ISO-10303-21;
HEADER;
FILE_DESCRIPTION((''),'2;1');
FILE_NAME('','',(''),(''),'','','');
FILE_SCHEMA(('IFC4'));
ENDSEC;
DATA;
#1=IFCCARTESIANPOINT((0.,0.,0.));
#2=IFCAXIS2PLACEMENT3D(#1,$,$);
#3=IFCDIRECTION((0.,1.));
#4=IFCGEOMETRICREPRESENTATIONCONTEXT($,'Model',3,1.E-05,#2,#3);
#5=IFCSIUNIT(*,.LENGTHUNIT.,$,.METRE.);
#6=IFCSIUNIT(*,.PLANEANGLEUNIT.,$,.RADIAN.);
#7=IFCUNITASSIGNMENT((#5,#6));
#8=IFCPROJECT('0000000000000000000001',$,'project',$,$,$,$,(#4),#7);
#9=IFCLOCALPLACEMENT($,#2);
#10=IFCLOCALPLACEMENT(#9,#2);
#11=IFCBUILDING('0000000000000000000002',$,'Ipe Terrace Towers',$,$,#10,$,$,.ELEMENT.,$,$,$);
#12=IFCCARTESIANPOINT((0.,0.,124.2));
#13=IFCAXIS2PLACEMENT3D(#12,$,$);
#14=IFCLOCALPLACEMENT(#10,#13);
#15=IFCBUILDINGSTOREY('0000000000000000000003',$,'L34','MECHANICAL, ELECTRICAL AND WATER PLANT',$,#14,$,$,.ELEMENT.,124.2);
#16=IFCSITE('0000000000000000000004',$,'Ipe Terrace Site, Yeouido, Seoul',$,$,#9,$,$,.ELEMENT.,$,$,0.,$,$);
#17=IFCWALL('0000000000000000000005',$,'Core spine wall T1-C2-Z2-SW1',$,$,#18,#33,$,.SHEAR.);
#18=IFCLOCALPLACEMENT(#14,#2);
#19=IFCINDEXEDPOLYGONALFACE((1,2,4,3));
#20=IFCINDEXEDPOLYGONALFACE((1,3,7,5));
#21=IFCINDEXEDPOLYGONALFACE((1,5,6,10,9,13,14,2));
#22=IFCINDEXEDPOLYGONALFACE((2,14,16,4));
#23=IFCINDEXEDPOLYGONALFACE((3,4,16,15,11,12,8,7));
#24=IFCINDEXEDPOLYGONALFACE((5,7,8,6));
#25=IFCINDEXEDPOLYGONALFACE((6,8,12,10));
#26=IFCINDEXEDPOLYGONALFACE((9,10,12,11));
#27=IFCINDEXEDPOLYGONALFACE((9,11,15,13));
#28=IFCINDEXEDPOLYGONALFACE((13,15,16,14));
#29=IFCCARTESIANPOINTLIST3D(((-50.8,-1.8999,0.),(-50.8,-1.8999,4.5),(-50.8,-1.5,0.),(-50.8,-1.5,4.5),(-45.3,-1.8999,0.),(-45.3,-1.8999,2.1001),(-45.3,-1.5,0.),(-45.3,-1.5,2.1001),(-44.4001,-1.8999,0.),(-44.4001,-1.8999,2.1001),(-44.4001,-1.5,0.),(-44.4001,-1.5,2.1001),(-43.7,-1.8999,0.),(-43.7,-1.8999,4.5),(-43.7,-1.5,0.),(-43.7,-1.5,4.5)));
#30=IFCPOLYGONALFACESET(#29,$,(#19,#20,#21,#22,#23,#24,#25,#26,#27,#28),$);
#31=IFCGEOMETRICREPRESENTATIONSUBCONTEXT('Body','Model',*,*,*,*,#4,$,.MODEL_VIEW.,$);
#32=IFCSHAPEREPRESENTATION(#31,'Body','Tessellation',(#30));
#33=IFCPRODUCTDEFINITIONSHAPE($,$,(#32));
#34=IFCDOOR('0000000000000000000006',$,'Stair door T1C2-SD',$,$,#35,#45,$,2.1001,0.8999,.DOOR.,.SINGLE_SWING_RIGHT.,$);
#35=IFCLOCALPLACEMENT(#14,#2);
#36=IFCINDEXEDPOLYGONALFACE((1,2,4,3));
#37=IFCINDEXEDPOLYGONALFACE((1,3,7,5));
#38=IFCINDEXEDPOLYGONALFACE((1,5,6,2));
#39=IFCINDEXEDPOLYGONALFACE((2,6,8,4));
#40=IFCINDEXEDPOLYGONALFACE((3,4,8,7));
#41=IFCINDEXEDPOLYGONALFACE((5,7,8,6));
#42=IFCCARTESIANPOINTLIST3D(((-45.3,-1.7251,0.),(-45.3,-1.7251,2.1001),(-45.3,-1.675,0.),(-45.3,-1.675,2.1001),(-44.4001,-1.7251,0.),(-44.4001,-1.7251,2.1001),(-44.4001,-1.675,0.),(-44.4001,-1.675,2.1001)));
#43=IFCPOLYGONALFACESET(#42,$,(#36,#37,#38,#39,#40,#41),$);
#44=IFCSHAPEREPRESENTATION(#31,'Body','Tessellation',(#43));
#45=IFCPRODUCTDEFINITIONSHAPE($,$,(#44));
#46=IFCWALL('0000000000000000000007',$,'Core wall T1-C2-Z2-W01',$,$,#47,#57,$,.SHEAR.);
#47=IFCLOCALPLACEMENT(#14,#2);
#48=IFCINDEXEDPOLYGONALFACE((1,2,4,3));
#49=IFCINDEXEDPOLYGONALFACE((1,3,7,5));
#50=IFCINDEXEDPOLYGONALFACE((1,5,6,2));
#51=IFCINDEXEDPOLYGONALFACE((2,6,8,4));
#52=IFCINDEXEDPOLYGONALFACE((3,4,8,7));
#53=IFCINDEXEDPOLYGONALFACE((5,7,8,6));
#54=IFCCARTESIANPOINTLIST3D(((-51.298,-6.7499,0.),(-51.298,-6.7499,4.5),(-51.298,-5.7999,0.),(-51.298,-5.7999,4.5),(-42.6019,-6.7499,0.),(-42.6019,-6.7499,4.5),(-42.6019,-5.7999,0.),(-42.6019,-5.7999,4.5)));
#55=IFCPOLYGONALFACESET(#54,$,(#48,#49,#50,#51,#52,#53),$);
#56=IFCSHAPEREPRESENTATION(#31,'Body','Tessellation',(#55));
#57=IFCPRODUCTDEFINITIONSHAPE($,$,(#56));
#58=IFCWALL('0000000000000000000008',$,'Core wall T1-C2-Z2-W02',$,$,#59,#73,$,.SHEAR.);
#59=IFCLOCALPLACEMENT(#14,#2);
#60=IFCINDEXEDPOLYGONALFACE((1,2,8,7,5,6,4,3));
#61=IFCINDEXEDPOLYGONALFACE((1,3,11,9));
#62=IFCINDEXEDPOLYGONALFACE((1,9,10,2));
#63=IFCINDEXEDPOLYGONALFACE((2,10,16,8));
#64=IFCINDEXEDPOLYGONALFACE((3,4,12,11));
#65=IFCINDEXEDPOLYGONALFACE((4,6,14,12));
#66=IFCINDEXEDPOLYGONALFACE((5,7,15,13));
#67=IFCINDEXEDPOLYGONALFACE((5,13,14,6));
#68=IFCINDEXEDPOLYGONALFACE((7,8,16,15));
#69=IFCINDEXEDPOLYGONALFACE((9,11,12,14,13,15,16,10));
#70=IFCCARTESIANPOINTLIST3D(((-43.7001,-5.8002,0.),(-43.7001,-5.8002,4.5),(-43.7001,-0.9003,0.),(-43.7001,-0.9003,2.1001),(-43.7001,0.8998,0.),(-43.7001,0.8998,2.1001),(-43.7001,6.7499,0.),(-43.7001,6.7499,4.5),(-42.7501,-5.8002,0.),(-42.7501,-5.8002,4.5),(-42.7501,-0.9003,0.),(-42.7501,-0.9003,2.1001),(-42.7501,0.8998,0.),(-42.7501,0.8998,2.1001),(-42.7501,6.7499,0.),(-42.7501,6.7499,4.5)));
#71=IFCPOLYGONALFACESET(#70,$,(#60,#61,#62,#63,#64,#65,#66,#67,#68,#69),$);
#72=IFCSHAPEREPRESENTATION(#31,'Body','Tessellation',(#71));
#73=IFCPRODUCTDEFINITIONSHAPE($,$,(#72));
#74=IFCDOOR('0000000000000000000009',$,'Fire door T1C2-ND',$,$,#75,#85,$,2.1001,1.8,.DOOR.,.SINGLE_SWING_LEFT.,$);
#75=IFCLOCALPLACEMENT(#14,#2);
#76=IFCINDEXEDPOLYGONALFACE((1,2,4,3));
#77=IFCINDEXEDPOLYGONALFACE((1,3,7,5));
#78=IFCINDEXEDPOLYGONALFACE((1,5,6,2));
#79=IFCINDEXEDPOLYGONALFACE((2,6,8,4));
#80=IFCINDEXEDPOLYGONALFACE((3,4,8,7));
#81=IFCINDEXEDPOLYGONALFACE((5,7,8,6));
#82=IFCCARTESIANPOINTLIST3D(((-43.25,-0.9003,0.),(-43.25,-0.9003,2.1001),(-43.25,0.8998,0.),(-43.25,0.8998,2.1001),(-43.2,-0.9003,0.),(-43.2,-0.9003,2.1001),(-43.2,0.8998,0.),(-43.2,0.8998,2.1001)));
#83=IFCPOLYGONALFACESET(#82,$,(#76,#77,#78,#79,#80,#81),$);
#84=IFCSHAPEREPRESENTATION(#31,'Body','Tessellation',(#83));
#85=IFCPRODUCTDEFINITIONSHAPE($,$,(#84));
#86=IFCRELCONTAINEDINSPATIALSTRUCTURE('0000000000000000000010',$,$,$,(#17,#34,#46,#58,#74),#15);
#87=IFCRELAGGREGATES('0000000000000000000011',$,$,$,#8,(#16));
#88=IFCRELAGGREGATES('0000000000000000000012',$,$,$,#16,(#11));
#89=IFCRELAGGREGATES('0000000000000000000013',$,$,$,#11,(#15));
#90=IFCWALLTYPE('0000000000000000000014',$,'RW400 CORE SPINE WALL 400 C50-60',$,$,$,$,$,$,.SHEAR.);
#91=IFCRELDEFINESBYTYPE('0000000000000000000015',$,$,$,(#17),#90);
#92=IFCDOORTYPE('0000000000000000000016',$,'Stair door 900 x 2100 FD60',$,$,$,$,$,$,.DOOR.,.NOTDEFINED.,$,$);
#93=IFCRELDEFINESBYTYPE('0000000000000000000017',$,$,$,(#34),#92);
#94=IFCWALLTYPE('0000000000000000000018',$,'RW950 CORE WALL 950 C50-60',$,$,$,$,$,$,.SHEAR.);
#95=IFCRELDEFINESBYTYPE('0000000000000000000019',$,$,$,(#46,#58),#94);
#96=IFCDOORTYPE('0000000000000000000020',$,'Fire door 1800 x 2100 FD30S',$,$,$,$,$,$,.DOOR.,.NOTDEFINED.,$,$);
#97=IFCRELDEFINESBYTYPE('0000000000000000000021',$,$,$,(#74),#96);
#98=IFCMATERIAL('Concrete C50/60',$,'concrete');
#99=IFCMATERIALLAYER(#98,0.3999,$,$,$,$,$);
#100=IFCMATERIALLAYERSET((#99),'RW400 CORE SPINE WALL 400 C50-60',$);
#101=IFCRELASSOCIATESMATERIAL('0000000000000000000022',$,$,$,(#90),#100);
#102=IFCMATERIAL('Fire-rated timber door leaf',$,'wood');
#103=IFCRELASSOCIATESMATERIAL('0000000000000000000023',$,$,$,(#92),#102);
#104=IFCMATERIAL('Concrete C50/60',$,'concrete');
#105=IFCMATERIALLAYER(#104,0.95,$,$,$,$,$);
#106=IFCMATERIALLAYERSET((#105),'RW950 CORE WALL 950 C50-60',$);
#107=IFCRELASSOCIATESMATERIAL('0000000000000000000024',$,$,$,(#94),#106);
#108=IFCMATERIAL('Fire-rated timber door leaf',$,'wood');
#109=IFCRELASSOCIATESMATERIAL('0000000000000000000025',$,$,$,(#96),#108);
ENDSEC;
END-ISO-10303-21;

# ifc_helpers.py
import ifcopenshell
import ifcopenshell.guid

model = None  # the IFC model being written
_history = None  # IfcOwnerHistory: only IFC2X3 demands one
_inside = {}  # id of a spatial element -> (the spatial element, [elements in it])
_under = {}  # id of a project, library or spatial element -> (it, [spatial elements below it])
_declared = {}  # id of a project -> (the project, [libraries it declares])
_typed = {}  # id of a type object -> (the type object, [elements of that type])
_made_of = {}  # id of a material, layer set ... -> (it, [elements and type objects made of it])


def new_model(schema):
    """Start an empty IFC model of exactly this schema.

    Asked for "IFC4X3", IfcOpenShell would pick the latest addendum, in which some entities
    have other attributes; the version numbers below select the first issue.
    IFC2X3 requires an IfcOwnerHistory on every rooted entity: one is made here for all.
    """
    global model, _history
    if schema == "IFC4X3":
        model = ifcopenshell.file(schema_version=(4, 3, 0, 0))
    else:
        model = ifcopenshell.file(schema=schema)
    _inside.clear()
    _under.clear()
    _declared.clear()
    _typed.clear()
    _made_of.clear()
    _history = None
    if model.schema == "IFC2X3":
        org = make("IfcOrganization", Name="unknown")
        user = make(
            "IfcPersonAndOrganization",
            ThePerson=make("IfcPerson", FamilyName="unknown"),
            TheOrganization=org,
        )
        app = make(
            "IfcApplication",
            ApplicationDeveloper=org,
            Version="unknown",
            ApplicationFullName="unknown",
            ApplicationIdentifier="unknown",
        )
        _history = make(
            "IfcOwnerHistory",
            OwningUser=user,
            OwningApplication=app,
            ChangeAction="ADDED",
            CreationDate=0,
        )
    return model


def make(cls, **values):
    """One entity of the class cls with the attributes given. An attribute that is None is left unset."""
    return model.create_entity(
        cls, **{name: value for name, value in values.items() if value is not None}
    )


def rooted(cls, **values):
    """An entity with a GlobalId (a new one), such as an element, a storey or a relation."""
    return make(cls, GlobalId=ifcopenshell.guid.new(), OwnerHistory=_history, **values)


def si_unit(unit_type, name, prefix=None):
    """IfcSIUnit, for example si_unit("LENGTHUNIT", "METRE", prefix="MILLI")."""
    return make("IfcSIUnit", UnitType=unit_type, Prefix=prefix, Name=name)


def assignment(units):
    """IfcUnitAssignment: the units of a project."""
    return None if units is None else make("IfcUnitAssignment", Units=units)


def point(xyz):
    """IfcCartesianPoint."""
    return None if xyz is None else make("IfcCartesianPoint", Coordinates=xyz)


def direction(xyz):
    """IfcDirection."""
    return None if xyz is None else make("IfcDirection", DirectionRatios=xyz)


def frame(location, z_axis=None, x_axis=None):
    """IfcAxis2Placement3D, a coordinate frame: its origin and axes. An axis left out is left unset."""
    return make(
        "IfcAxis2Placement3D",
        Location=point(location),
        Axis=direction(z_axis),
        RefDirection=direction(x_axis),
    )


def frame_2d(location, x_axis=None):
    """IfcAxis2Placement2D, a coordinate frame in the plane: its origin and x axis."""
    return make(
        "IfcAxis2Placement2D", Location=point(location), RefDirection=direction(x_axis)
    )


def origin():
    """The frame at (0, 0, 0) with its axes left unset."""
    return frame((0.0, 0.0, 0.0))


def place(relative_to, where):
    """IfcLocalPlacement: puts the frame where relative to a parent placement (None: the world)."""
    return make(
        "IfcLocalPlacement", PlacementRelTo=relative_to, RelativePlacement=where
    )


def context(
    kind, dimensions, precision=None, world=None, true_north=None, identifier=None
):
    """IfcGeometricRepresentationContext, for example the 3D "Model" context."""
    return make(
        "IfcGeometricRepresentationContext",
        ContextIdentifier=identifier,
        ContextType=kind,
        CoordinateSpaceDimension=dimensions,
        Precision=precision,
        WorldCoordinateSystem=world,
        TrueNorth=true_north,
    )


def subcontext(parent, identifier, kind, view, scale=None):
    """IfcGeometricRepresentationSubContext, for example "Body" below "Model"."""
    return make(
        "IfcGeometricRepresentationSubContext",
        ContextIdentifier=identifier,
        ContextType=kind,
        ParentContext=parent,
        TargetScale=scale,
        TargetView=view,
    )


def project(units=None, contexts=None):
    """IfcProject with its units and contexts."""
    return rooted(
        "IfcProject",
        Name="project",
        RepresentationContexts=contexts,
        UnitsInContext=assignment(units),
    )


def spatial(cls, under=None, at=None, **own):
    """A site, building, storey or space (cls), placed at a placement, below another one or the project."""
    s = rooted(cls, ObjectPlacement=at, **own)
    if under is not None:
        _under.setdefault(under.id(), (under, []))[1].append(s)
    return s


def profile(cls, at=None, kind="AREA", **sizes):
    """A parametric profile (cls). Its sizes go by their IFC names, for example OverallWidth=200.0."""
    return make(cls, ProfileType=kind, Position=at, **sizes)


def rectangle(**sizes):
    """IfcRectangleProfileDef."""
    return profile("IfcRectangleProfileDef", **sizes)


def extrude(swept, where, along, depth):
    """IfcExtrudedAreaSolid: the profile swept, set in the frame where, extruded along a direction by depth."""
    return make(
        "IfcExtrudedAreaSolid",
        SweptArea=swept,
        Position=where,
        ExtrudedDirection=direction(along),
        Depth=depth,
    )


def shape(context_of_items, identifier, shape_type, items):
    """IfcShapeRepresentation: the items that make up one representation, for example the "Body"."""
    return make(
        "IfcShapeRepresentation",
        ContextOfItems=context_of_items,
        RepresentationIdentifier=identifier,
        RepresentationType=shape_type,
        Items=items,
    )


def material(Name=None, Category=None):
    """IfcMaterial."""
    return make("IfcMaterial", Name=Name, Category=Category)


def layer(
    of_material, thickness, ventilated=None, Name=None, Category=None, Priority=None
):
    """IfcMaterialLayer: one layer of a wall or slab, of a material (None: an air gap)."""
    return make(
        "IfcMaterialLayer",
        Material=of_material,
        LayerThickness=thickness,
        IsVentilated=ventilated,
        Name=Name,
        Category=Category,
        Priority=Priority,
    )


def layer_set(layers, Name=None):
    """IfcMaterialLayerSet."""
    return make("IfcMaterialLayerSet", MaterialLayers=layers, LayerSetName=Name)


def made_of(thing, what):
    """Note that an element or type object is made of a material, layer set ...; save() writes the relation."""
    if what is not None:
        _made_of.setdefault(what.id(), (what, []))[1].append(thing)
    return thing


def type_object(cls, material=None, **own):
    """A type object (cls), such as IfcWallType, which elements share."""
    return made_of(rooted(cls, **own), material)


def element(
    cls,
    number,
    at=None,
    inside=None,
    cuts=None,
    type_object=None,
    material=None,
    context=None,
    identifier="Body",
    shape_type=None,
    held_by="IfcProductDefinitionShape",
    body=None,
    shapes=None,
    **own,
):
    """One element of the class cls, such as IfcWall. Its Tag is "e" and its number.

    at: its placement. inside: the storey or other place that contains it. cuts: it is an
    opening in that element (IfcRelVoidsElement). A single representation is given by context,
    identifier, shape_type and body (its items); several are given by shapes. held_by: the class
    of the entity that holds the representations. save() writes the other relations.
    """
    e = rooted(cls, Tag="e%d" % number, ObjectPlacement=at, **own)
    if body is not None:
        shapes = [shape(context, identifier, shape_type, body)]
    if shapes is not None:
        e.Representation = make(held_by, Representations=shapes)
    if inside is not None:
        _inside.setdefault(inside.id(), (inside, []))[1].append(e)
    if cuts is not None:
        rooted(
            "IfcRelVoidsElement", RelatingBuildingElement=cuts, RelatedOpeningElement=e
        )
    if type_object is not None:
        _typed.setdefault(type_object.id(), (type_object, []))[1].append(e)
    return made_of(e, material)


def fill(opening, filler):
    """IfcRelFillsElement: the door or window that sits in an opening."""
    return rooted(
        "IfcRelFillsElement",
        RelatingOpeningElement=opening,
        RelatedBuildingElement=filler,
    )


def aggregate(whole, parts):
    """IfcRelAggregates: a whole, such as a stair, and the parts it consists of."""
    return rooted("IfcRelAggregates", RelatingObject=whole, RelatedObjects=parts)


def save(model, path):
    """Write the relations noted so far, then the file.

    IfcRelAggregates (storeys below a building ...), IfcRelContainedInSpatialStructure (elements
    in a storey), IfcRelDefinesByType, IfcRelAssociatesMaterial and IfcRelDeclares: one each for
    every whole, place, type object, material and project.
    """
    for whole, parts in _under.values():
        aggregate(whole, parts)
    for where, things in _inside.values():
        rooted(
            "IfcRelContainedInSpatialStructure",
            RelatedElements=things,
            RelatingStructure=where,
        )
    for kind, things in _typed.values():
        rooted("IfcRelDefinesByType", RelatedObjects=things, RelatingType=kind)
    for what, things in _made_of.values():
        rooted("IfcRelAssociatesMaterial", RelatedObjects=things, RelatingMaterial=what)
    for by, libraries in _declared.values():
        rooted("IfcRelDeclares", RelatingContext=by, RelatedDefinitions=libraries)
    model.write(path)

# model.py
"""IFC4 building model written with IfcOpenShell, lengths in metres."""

from ifc_helpers import new_model, si_unit, direction, frame, frame_2d, origin, place, context, subcontext, project, spatial, rectangle, extrude, material, layer, layer_set, type_object, element, fill, save


model = new_model("IFC4")

# Units and contexts
model_context = context("Model", 3, precision=1e-05, world=origin(), true_north=direction((0.0, 1.0)))
body_context = subcontext(model_context, "Body", "Model", "MODEL_VIEW")
ifc_project = project(units=[si_unit("LENGTHUNIT", "METRE"), si_unit("PLANEANGLEUNIT", "RADIAN")], contexts=[model_context])

# Site, building, storey
site_placement = place(None, origin())
site = spatial("IfcSite", under=ifc_project, at=site_placement, Name="Ipe Terrace Site, Yeouido, Seoul", CompositionType="ELEMENT", RefElevation=0.0)
building_placement = place(site_placement, origin())
building = spatial("IfcBuilding", under=site, at=building_placement, Name="Ipe Terrace Towers", CompositionType="ELEMENT")
storey_placement = place(building_placement, frame((0.0, 0.0, 124.2)))
storey = spatial("IfcBuildingStorey", under=building, at=storey_placement, Name="L34", Description="MECHANICAL, ELECTRICAL AND WATER PLANT", CompositionType="ELEMENT", Elevation=124.2)

# Wall, opening, door
ifc_material_1 = material(Name="Concrete C50/60", Category="concrete")
ifc_layer_1 = layer(ifc_material_1, 0.3999)
ifc_layer_set_1 = layer_set([ifc_layer_1], Name="RW400 CORE SPINE WALL 400 C50-60")
wall_type_1 = type_object("IfcWallType", Name="RW400 CORE SPINE WALL 400 C50-60", PredefinedType="SHEAR", material=ifc_layer_set_1)
wall_1_placement = place(storey_placement, frame((-50.8, -1.7, 0.0), z_axis=(0.0, 0.0, 1.0), x_axis=(1.0, 0.0, 0.0)))
wall_1 = element("IfcWall", 1, at=wall_1_placement, inside=storey, type_object=wall_type_1, Name="Core spine wall T1-C2-Z2-SW1", PredefinedType="SHEAR", context=body_context, shape_type="SweptSolid", body=[
    extrude(rectangle(XDim=7.1001, YDim=0.3999, at=frame_2d((3.55, 0.0))), origin(), (0.0, 0.0, 1.0), 4.5),
])
opening_1_placement = place(wall_1_placement, frame((5.5, 0.0, 0.0)))
opening_1 = element("IfcOpeningElement", 2, at=opening_1_placement, cuts=wall_1, PredefinedType="OPENING", context=body_context, shape_type="SweptSolid", body=[
    extrude(rectangle(XDim=0.8999, YDim=2.1001, at=frame_2d((0.45, 1.05))), frame((0.0, 0.21, 0.0), z_axis=(0.0, -1.0, 0.0), x_axis=(1.0, 0.0, 0.0)), (0.0, 0.0, 1.0), 0.4199),
])
ifc_material_2 = material(Name="Fire-rated timber door leaf", Category="wood")
door_type_1 = type_object("IfcDoorType", Name="Stair door 900 x 2100 FD60", OperationType="NOTDEFINED", PredefinedType="DOOR", material=ifc_material_2)
door_1_placement = place(opening_1_placement, origin())
door_1 = element("IfcDoor", 3, at=door_1_placement, inside=storey, type_object=door_type_1, Name="Stair door T1C2-SD", OperationType="SINGLE_SWING_RIGHT", OverallHeight=2.1001, OverallWidth=0.8999, PredefinedType="DOOR", context=body_context, shape_type="SweptSolid", body=[
    extrude(rectangle(XDim=0.8999, YDim=2.1001, at=frame_2d((0.45, 1.05))), frame((0.0, 0.0249, 0.0), z_axis=(0.0, -1.0, 0.0), x_axis=(1.0, 0.0, 0.0)), (0.0, 0.0, 1.0), 0.05),
])
fill(opening_1, door_1)

# Wall
ifc_material_3 = material(Name="Concrete C50/60", Category="concrete")
ifc_layer_2 = layer(ifc_material_3, 0.95)
ifc_layer_set_2 = layer_set([ifc_layer_2], Name="RW950 CORE WALL 950 C50-60")
wall_type_2 = type_object("IfcWallType", Name="RW950 CORE WALL 950 C50-60", PredefinedType="SHEAR", material=ifc_layer_set_2)
wall_2_placement = place(storey_placement, frame((-51.2981, -6.2749, 0.0), z_axis=(0.0, 0.0, 1.0), x_axis=(1.0, 0.0, 0.0)))
element("IfcWall", 4, at=wall_2_placement, inside=storey, type_object=wall_type_2, Name="Core wall T1-C2-Z2-W01", PredefinedType="SHEAR", context=body_context, shape_type="SweptSolid", body=[
    extrude(rectangle(XDim=8.696, YDim=0.95, at=frame_2d((4.3481, 0.0))), origin(), (0.0, 0.0, 1.0), 4.5),
])

# Wall, opening, door
wall_3_placement = place(storey_placement, frame((-43.2251, -5.8, 0.0), z_axis=(0.0, 0.0, 1.0), x_axis=(0.0, 1.0, 0.0)))
wall_3 = element("IfcWall", 5, at=wall_3_placement, inside=storey, type_object=wall_type_2, Name="Core wall T1-C2-Z2-W02", PredefinedType="SHEAR", context=body_context, shape_type="SweptSolid", body=[
    extrude(rectangle(XDim=12.55, YDim=0.95, at=frame_2d((6.2749, 0.0))), origin(), (0.0, 0.0, 1.0), 4.5),
])
opening_2_placement = place(wall_3_placement, frame((4.8999, 0.0, 0.0)))
opening_2 = element("IfcOpeningElement", 6, at=opening_2_placement, cuts=wall_3, PredefinedType="OPENING", context=body_context, shape_type="SweptSolid", body=[
    extrude(rectangle(XDim=1.8, YDim=2.1001, at=frame_2d((0.8999, 1.05))), frame((0.0, 0.4849, 0.0), z_axis=(0.0, -1.0, 0.0), x_axis=(1.0, 0.0, 0.0)), (0.0, 0.0, 1.0), 0.97),
])
ifc_material_4 = material(Name="Fire-rated timber door leaf", Category="wood")
door_type_2 = type_object("IfcDoorType", Name="Fire door 1800 x 2100 FD30S", OperationType="NOTDEFINED", PredefinedType="DOOR", material=ifc_material_4)
door_2_placement = place(opening_2_placement, origin())
door_2 = element("IfcDoor", 7, at=door_2_placement, inside=storey, type_object=door_type_2, Name="Fire door T1C2-ND", OperationType="SINGLE_SWING_LEFT", OverallHeight=2.1001, OverallWidth=1.8, PredefinedType="DOOR", context=body_context, shape_type="SweptSolid", body=[
    extrude(rectangle(XDim=1.8, YDim=2.1001, at=frame_2d((0.8999, 1.05))), frame((0.0, 0.0249, 0.0), z_axis=(0.0, -1.0, 0.0), x_axis=(1.0, 0.0, 0.0)), (0.0, 0.0, 1.0), 0.05),
])
fill(opening_2, door_2)

save(model, "model.ifc")
